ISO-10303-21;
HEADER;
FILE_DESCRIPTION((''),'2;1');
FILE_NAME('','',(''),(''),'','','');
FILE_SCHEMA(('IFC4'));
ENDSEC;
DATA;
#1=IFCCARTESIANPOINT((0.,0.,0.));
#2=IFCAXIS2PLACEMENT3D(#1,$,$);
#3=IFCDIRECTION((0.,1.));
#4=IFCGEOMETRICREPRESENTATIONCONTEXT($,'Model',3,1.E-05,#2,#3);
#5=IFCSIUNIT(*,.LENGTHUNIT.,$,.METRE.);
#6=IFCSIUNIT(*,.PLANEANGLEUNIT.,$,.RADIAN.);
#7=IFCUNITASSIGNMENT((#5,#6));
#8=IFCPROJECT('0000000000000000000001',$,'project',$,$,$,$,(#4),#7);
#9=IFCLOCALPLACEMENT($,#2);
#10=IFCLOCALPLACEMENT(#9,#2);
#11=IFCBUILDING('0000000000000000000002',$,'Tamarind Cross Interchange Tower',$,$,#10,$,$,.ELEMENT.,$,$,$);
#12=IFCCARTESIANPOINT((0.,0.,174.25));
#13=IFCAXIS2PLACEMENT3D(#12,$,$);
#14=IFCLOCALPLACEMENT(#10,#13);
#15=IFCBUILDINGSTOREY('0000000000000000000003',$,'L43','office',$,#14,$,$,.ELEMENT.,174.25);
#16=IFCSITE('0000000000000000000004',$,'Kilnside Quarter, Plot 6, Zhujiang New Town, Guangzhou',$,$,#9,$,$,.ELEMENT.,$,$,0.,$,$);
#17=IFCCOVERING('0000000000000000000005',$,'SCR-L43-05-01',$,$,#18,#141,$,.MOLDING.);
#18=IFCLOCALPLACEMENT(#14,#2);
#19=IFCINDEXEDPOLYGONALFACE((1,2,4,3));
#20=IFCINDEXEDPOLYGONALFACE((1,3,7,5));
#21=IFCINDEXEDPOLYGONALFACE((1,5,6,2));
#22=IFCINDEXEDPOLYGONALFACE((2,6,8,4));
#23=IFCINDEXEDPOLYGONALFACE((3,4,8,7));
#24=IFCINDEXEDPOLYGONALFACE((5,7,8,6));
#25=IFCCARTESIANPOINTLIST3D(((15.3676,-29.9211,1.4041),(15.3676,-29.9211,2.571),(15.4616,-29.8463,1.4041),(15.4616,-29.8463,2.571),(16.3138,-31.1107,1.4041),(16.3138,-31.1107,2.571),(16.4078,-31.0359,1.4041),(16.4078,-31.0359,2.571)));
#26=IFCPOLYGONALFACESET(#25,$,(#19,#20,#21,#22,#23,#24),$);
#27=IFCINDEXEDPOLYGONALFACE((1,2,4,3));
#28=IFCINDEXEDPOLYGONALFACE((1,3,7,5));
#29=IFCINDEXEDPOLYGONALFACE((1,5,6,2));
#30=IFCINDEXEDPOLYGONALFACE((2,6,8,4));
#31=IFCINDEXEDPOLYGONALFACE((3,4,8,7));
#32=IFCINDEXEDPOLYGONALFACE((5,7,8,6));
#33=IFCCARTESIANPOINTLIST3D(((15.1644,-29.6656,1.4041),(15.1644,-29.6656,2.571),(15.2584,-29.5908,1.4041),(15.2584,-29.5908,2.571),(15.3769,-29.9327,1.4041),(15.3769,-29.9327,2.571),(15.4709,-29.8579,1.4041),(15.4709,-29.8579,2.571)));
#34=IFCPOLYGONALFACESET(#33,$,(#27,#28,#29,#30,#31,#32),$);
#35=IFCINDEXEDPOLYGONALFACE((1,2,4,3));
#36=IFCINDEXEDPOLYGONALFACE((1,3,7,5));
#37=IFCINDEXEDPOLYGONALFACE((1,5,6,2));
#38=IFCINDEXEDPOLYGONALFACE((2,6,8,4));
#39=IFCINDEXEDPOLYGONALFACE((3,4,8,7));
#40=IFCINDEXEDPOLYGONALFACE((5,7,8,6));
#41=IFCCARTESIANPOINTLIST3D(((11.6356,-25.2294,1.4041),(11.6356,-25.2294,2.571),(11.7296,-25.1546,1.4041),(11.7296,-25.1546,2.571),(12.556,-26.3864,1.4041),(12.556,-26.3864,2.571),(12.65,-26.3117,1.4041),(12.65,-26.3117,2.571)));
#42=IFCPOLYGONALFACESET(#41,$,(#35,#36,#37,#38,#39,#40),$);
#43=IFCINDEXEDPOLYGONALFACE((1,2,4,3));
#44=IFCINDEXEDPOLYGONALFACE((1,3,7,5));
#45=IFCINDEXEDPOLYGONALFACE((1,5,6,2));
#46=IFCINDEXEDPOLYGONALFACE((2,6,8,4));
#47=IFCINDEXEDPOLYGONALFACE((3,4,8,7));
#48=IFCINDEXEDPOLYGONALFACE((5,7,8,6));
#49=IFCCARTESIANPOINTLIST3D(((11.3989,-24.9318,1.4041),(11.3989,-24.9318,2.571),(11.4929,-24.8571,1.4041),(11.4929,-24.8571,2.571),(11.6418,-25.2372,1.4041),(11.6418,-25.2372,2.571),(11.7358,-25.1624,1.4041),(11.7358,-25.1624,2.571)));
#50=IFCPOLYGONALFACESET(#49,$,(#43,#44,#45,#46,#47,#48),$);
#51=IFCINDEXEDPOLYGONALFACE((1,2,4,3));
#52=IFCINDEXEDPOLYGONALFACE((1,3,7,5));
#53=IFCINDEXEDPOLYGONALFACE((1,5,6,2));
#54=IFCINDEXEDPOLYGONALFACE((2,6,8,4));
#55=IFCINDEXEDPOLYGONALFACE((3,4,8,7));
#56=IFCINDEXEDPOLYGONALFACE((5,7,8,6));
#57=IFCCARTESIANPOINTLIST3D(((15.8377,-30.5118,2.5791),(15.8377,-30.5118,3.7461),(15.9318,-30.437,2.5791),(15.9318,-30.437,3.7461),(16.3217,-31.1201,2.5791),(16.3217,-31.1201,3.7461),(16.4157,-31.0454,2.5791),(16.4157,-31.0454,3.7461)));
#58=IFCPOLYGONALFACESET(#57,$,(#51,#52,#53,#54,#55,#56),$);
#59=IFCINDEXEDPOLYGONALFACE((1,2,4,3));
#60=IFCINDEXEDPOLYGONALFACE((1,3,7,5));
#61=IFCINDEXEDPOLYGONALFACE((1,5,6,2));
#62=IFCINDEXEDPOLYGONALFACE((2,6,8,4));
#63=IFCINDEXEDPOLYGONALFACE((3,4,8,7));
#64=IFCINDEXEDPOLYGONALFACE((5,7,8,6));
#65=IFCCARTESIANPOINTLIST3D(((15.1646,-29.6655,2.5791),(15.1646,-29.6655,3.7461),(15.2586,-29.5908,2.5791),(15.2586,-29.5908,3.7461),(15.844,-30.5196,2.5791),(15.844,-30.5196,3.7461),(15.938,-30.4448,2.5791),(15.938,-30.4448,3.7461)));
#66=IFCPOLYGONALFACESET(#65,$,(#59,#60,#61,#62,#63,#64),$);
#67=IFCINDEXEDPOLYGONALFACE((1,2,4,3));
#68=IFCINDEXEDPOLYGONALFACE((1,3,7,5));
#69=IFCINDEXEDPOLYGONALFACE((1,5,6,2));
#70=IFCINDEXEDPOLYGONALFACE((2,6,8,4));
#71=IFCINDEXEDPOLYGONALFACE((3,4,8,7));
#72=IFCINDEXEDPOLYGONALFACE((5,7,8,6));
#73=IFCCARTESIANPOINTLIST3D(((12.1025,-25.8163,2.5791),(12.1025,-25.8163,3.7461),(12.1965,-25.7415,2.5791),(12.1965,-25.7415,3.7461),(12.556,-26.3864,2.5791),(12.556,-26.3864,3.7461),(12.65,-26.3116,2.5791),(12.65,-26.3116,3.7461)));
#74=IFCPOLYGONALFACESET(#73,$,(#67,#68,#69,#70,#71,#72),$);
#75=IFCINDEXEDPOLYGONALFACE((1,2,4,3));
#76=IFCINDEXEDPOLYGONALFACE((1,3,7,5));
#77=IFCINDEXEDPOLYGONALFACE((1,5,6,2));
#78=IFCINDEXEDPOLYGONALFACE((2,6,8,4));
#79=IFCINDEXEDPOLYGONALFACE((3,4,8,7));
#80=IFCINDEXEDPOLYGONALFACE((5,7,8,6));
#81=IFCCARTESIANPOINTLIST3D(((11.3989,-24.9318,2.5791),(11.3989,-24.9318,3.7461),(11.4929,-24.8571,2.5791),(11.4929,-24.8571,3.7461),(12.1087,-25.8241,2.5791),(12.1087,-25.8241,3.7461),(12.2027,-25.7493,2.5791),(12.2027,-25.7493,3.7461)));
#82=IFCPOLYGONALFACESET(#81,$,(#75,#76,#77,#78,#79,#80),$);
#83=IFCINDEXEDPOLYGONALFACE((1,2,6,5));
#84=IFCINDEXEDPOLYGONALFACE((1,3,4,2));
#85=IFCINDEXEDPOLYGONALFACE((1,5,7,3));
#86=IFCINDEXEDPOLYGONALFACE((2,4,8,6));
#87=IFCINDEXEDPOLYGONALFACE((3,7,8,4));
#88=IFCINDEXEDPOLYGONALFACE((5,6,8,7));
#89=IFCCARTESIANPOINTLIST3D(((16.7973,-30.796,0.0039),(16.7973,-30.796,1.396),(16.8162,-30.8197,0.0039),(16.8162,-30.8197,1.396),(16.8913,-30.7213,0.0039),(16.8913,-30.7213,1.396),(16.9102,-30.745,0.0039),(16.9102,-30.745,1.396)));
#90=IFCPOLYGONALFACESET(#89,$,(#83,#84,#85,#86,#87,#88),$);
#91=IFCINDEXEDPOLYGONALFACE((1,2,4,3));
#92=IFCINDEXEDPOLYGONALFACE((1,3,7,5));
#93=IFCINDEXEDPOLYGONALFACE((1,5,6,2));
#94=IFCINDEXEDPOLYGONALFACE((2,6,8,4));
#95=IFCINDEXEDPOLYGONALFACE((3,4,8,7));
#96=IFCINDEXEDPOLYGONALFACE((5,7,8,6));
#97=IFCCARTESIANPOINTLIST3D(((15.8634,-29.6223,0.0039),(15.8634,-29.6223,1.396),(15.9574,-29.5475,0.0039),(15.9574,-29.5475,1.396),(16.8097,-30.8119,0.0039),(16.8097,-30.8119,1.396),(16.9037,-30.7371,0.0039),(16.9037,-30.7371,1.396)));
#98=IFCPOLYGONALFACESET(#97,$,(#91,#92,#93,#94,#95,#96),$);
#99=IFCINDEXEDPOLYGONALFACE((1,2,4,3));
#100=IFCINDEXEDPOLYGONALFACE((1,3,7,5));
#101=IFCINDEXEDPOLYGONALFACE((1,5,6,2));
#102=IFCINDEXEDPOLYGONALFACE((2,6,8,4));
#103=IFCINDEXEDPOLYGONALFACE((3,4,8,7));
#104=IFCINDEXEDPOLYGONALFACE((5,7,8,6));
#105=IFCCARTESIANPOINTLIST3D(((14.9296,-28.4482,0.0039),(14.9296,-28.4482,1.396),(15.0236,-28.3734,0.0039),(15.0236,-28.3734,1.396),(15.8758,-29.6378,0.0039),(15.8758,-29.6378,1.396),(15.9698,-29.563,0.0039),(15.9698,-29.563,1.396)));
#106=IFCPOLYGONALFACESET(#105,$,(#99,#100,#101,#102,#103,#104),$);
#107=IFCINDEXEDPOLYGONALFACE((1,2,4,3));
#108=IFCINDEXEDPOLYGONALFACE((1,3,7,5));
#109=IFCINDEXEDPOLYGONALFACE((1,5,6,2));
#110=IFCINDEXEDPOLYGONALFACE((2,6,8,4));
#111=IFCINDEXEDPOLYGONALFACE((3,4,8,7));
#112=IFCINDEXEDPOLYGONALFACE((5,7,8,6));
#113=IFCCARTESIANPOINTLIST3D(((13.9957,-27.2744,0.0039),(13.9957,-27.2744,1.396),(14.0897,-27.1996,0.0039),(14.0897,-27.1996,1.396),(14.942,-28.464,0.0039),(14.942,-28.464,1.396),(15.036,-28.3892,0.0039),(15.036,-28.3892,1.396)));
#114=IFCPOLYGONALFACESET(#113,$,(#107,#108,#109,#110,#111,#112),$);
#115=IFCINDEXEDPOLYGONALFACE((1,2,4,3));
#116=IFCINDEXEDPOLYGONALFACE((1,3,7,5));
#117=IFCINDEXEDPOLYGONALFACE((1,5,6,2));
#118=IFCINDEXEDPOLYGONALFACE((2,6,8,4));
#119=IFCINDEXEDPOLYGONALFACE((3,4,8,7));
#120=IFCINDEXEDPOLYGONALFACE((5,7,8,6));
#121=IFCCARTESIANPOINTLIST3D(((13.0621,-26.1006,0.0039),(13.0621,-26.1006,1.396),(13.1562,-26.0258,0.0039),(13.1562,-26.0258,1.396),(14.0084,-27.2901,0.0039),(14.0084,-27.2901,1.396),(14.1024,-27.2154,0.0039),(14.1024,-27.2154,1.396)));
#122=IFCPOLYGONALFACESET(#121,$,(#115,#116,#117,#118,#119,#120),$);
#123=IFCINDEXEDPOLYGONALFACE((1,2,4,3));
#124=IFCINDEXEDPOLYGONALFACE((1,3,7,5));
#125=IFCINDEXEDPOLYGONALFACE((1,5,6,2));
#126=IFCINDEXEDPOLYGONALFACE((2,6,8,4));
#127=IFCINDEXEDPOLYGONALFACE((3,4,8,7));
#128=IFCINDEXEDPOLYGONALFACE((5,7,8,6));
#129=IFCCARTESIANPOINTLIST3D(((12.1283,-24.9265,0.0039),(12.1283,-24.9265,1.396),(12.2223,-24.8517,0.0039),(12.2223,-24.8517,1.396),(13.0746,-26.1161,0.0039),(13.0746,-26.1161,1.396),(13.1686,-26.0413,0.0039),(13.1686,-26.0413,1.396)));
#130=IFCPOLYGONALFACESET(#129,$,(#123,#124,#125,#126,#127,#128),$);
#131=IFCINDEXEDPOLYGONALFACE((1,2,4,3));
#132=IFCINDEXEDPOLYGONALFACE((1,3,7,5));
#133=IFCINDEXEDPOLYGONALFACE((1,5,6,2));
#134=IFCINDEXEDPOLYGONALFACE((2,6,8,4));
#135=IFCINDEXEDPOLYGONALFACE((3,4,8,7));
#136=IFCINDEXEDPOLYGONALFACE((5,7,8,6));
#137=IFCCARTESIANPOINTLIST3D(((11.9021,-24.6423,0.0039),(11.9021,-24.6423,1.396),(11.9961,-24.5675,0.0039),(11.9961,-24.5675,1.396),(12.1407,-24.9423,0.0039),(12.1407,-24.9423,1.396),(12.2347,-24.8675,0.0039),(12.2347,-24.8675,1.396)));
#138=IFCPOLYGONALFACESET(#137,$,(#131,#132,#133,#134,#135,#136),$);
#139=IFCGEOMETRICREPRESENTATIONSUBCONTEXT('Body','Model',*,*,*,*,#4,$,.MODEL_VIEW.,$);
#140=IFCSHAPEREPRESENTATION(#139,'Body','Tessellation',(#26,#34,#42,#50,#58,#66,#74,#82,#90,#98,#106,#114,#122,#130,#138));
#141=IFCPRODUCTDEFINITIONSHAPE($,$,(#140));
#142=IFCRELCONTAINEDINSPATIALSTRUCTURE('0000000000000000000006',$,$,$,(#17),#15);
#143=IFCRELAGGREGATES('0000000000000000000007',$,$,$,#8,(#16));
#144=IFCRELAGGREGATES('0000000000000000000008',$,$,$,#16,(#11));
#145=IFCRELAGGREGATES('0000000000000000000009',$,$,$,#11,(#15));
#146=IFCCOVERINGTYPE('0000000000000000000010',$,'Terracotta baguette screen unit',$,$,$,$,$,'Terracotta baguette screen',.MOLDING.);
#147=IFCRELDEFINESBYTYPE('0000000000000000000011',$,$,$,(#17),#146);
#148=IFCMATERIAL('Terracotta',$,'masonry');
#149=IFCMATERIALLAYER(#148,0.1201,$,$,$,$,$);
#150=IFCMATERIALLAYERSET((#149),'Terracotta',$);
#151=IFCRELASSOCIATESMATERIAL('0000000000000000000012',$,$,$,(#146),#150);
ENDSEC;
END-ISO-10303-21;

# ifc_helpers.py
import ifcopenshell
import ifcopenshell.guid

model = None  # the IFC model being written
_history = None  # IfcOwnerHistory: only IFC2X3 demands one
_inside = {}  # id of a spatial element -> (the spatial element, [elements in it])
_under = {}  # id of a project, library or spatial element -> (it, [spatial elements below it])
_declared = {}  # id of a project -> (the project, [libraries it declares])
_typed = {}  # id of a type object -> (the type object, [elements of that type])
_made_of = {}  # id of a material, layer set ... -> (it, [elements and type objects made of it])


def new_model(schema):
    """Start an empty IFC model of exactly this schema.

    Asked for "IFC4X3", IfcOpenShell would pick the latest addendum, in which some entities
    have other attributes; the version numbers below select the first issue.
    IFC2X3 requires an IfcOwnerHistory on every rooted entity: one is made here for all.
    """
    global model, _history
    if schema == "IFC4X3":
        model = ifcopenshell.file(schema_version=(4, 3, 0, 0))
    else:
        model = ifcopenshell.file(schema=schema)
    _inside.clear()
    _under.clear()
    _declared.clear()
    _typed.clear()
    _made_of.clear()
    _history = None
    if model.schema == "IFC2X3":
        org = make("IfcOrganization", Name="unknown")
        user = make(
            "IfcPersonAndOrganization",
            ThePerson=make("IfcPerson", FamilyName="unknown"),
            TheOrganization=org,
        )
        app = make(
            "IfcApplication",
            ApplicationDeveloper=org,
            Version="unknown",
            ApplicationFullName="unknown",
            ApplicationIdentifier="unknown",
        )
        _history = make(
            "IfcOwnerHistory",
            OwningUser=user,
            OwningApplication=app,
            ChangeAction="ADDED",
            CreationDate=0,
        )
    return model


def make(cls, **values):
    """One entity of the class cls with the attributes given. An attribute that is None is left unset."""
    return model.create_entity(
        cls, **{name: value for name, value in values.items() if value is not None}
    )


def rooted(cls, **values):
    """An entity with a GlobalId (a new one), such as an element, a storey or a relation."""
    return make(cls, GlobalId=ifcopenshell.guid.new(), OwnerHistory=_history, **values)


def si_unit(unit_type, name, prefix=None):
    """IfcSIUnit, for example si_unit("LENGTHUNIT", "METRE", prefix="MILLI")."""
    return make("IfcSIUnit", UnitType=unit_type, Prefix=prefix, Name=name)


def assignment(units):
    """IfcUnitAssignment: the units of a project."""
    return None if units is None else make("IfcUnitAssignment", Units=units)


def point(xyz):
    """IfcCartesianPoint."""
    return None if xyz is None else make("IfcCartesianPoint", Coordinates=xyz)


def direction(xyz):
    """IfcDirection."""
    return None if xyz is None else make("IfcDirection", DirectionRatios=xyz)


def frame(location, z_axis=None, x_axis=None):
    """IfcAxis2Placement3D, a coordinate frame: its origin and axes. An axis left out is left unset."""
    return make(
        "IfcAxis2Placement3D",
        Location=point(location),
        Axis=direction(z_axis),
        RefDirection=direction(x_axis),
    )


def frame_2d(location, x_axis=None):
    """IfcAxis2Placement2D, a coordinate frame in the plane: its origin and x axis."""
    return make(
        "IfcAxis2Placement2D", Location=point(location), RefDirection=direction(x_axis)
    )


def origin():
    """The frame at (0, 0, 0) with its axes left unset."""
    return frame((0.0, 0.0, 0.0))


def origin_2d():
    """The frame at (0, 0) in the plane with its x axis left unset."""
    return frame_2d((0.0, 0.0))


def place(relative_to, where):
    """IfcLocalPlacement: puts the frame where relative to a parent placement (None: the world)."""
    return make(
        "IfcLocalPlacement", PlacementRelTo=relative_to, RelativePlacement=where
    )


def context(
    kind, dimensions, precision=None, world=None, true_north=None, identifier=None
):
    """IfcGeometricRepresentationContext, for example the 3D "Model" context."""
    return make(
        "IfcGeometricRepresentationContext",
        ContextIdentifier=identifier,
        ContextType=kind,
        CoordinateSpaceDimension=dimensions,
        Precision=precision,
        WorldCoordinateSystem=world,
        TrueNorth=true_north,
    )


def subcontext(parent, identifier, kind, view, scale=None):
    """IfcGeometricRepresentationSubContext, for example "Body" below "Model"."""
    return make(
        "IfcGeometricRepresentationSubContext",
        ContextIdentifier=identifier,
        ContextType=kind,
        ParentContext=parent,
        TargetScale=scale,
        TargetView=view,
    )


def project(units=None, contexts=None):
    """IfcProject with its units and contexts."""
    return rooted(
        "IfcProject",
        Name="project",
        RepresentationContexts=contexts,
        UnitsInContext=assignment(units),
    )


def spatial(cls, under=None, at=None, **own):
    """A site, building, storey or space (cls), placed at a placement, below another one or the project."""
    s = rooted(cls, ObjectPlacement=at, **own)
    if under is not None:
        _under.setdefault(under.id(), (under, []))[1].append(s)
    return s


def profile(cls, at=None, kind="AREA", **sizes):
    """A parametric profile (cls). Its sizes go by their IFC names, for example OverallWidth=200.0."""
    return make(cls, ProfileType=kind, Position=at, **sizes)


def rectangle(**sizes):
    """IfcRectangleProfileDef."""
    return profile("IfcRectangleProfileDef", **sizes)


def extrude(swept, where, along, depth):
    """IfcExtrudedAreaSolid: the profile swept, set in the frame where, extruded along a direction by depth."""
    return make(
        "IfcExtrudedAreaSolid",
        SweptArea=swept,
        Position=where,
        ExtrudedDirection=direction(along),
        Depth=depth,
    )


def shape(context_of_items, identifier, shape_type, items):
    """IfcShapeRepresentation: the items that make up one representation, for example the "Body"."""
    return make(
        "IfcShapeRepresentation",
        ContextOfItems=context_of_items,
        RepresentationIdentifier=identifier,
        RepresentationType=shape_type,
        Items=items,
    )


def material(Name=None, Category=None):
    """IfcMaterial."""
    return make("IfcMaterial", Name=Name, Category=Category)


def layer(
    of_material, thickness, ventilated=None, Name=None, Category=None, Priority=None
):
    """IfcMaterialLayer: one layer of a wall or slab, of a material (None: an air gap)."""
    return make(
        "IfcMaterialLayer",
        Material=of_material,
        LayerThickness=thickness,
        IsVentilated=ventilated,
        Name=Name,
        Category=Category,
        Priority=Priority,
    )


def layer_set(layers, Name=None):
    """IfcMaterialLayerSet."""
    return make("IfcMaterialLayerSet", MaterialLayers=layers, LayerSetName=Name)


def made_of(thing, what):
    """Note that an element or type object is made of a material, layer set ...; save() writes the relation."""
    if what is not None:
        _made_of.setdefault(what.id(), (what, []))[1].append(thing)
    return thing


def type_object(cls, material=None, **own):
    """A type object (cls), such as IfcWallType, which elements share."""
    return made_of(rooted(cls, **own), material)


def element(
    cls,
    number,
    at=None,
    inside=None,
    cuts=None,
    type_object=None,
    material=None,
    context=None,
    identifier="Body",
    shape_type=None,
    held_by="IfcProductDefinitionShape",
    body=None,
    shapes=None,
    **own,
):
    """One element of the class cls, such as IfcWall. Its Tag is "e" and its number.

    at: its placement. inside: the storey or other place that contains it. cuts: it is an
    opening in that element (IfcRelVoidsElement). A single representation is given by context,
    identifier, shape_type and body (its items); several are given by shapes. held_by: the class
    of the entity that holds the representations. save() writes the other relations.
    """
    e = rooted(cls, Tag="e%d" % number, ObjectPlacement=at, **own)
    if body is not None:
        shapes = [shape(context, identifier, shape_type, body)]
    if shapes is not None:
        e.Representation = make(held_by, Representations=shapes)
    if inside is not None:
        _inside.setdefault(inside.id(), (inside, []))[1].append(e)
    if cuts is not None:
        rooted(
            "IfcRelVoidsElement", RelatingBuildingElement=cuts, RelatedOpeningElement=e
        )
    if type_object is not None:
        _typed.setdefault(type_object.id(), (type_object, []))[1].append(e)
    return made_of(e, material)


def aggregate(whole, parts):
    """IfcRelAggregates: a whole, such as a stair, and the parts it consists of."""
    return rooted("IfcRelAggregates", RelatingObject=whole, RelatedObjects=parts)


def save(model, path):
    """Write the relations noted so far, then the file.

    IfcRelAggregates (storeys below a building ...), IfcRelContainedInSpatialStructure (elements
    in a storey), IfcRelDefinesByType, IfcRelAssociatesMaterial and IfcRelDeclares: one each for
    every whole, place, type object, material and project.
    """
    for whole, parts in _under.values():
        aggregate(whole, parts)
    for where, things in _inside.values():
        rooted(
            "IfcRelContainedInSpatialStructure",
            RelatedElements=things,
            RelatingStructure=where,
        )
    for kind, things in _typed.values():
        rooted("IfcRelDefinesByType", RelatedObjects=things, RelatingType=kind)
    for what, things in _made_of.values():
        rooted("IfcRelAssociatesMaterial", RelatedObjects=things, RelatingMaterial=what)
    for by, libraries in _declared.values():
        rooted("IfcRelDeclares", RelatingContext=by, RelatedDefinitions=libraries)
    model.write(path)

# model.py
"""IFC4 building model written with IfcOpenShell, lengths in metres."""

from ifc_helpers import new_model, si_unit, direction, frame, origin, origin_2d, place, context, subcontext, project, spatial, rectangle, extrude, material, layer, layer_set, type_object, element, save


model = new_model("IFC4")

# Units and contexts
model_context = context("Model", 3, precision=1e-05, world=origin(), true_north=direction((0.0, 1.0)))
body_context = subcontext(model_context, "Body", "Model", "MODEL_VIEW")
ifc_project = project(units=[si_unit("LENGTHUNIT", "METRE"), si_unit("PLANEANGLEUNIT", "RADIAN")], contexts=[model_context])

# Site, building, storey
site_placement = place(None, origin())
site = spatial("IfcSite", under=ifc_project, at=site_placement, Name="Kilnside Quarter, Plot 6, Zhujiang New Town, Guangzhou", CompositionType="ELEMENT", RefElevation=0.0)
building_placement = place(site_placement, origin())
building = spatial("IfcBuilding", under=site, at=building_placement, Name="Tamarind Cross Interchange Tower", CompositionType="ELEMENT")
storey_placement = place(building_placement, frame((0.0, 0.0, 174.25)))
storey = spatial("IfcBuildingStorey", under=building, at=storey_placement, Name="L43", Description="office", CompositionType="ELEMENT", Elevation=174.25)

# Covering
ifc_material_1 = material(Name="Terracotta", Category="masonry")
ifc_layer_1 = layer(ifc_material_1, 0.1201)
ifc_layer_set_1 = layer_set([ifc_layer_1], Name="Terracotta")
covering_type = type_object("IfcCoveringType", Name="Terracotta baguette screen unit", ElementType="Terracotta baguette screen", PredefinedType="MOLDING", material=ifc_layer_set_1)
covering_1_placement = place(storey_placement, origin())
element("IfcCovering", 1, at=covering_1_placement, inside=storey, type_object=covering_type, Name="SCR-L43-05-01", PredefinedType="MOLDING", context=body_context, shape_type="SweptSolid", body=[
    extrude(rectangle(XDim=1.52, YDim=0.1201, at=origin_2d()), frame((15.8877, -30.4785, 1.4041), z_axis=(0.0, 0.0, 1.0), x_axis=(-0.622525, 0.7826, 0.0)), (0.0, 0.0, 1.0), 1.167),
    extrude(rectangle(XDim=0.3413, YDim=0.1201, at=origin_2d()), frame((15.3176, -29.7617, 1.4041), z_axis=(0.0, 0.0, 1.0), x_axis=(-0.622525, 0.7826, 0.0)), (0.0, 0.0, 1.0), 1.167),
    extrude(rectangle(XDim=1.4785, YDim=0.1201, at=origin_2d()), frame((12.1428, -25.7705, 1.4041), z_axis=(0.0, 0.0, 1.0), x_axis=(-0.622525, 0.7826, 0.0)), (0.0, 0.0, 1.0), 1.167),
    extrude(rectangle(XDim=0.3901, YDim=0.1201, at=origin_2d()), frame((11.5674, -25.0471, 1.4041), z_axis=(0.0, 0.0, 1.0), x_axis=(-0.622525, 0.7826, 0.0)), (0.0, 0.0, 1.0), 1.167),
    extrude(rectangle(XDim=0.7773, YDim=0.1201, at=origin_2d()), frame((16.1267, -30.7786, 2.5791), z_axis=(0.0, 0.0, 1.0), x_axis=(-0.622525, 0.7826, 0.0)), (0.0, 0.0, 1.0), 1.167),
    extrude(rectangle(XDim=1.0913, YDim=0.1201, at=origin_2d()), frame((15.5513, -30.0552, 2.5791), z_axis=(0.0, 0.0, 1.0), x_axis=(-0.622525, 0.7826, 0.0)), (0.0, 0.0, 1.0), 1.167),
    extrude(rectangle(XDim=0.7285, YDim=0.1201, at=origin_2d()), frame((12.3762, -26.064, 2.5791), z_axis=(0.0, 0.0, 1.0), x_axis=(-0.622525, 0.7826, 0.0)), (0.0, 0.0, 1.0), 1.167),
    extrude(rectangle(XDim=1.1401, YDim=0.1201, at=origin_2d()), frame((11.8008, -25.3406, 2.5791), z_axis=(0.0, 0.0, 1.0), x_axis=(-0.622525, 0.7826, 0.0)), (0.0, 0.0, 1.0), 1.167),
    extrude(rectangle(XDim=0.0303, YDim=0.1201, at=origin_2d()), frame((16.8538, -30.7705, 0.0039), z_axis=(0.0, 0.0, 1.0), x_axis=(-0.622525, 0.7826, 0.0)), (0.0, 0.0, 1.0), 1.3921),
    extrude(rectangle(XDim=1.52, YDim=0.1201, at=origin_2d()), frame((16.3835, -30.1797, 0.0039), z_axis=(0.0, 0.0, 1.0), x_axis=(-0.622525, 0.7826, 0.0)), (0.0, 0.0, 1.0), 1.3921),
    extrude(rectangle(XDim=1.52, YDim=0.1201, at=origin_2d()), frame((15.4497, -29.0056, 0.0039), z_axis=(0.0, 0.0, 1.0), x_axis=(-0.622525, 0.7826, 0.0)), (0.0, 0.0, 1.0), 1.3921),
    extrude(rectangle(XDim=1.52, YDim=0.1201, at=origin_2d()), frame((14.5159, -27.8318, 0.0039), z_axis=(0.0, 0.0, 1.0), x_axis=(-0.622525, 0.7826, 0.0)), (0.0, 0.0, 1.0), 1.3921),
    extrude(rectangle(XDim=1.52, YDim=0.1201, at=origin_2d()), frame((13.5823, -26.658, 0.0039), z_axis=(0.0, 0.0, 1.0), x_axis=(-0.622525, 0.7826, 0.0)), (0.0, 0.0, 1.0), 1.3921),
    extrude(rectangle(XDim=1.52, YDim=0.1201, at=origin_2d()), frame((12.6484, -25.4839, 0.0039), z_axis=(0.0, 0.0, 1.0), x_axis=(-0.622525, 0.7826, 0.0)), (0.0, 0.0, 1.0), 1.3921),
    extrude(rectangle(XDim=0.3833, YDim=0.1201, at=origin_2d()), frame((12.0684, -24.7549, 0.0039), z_axis=(0.0, 0.0, 1.0), x_axis=(-0.622525, 0.7826, 0.0)), (0.0, 0.0, 1.0), 1.3921),
])

save(model, "model.ifc")
